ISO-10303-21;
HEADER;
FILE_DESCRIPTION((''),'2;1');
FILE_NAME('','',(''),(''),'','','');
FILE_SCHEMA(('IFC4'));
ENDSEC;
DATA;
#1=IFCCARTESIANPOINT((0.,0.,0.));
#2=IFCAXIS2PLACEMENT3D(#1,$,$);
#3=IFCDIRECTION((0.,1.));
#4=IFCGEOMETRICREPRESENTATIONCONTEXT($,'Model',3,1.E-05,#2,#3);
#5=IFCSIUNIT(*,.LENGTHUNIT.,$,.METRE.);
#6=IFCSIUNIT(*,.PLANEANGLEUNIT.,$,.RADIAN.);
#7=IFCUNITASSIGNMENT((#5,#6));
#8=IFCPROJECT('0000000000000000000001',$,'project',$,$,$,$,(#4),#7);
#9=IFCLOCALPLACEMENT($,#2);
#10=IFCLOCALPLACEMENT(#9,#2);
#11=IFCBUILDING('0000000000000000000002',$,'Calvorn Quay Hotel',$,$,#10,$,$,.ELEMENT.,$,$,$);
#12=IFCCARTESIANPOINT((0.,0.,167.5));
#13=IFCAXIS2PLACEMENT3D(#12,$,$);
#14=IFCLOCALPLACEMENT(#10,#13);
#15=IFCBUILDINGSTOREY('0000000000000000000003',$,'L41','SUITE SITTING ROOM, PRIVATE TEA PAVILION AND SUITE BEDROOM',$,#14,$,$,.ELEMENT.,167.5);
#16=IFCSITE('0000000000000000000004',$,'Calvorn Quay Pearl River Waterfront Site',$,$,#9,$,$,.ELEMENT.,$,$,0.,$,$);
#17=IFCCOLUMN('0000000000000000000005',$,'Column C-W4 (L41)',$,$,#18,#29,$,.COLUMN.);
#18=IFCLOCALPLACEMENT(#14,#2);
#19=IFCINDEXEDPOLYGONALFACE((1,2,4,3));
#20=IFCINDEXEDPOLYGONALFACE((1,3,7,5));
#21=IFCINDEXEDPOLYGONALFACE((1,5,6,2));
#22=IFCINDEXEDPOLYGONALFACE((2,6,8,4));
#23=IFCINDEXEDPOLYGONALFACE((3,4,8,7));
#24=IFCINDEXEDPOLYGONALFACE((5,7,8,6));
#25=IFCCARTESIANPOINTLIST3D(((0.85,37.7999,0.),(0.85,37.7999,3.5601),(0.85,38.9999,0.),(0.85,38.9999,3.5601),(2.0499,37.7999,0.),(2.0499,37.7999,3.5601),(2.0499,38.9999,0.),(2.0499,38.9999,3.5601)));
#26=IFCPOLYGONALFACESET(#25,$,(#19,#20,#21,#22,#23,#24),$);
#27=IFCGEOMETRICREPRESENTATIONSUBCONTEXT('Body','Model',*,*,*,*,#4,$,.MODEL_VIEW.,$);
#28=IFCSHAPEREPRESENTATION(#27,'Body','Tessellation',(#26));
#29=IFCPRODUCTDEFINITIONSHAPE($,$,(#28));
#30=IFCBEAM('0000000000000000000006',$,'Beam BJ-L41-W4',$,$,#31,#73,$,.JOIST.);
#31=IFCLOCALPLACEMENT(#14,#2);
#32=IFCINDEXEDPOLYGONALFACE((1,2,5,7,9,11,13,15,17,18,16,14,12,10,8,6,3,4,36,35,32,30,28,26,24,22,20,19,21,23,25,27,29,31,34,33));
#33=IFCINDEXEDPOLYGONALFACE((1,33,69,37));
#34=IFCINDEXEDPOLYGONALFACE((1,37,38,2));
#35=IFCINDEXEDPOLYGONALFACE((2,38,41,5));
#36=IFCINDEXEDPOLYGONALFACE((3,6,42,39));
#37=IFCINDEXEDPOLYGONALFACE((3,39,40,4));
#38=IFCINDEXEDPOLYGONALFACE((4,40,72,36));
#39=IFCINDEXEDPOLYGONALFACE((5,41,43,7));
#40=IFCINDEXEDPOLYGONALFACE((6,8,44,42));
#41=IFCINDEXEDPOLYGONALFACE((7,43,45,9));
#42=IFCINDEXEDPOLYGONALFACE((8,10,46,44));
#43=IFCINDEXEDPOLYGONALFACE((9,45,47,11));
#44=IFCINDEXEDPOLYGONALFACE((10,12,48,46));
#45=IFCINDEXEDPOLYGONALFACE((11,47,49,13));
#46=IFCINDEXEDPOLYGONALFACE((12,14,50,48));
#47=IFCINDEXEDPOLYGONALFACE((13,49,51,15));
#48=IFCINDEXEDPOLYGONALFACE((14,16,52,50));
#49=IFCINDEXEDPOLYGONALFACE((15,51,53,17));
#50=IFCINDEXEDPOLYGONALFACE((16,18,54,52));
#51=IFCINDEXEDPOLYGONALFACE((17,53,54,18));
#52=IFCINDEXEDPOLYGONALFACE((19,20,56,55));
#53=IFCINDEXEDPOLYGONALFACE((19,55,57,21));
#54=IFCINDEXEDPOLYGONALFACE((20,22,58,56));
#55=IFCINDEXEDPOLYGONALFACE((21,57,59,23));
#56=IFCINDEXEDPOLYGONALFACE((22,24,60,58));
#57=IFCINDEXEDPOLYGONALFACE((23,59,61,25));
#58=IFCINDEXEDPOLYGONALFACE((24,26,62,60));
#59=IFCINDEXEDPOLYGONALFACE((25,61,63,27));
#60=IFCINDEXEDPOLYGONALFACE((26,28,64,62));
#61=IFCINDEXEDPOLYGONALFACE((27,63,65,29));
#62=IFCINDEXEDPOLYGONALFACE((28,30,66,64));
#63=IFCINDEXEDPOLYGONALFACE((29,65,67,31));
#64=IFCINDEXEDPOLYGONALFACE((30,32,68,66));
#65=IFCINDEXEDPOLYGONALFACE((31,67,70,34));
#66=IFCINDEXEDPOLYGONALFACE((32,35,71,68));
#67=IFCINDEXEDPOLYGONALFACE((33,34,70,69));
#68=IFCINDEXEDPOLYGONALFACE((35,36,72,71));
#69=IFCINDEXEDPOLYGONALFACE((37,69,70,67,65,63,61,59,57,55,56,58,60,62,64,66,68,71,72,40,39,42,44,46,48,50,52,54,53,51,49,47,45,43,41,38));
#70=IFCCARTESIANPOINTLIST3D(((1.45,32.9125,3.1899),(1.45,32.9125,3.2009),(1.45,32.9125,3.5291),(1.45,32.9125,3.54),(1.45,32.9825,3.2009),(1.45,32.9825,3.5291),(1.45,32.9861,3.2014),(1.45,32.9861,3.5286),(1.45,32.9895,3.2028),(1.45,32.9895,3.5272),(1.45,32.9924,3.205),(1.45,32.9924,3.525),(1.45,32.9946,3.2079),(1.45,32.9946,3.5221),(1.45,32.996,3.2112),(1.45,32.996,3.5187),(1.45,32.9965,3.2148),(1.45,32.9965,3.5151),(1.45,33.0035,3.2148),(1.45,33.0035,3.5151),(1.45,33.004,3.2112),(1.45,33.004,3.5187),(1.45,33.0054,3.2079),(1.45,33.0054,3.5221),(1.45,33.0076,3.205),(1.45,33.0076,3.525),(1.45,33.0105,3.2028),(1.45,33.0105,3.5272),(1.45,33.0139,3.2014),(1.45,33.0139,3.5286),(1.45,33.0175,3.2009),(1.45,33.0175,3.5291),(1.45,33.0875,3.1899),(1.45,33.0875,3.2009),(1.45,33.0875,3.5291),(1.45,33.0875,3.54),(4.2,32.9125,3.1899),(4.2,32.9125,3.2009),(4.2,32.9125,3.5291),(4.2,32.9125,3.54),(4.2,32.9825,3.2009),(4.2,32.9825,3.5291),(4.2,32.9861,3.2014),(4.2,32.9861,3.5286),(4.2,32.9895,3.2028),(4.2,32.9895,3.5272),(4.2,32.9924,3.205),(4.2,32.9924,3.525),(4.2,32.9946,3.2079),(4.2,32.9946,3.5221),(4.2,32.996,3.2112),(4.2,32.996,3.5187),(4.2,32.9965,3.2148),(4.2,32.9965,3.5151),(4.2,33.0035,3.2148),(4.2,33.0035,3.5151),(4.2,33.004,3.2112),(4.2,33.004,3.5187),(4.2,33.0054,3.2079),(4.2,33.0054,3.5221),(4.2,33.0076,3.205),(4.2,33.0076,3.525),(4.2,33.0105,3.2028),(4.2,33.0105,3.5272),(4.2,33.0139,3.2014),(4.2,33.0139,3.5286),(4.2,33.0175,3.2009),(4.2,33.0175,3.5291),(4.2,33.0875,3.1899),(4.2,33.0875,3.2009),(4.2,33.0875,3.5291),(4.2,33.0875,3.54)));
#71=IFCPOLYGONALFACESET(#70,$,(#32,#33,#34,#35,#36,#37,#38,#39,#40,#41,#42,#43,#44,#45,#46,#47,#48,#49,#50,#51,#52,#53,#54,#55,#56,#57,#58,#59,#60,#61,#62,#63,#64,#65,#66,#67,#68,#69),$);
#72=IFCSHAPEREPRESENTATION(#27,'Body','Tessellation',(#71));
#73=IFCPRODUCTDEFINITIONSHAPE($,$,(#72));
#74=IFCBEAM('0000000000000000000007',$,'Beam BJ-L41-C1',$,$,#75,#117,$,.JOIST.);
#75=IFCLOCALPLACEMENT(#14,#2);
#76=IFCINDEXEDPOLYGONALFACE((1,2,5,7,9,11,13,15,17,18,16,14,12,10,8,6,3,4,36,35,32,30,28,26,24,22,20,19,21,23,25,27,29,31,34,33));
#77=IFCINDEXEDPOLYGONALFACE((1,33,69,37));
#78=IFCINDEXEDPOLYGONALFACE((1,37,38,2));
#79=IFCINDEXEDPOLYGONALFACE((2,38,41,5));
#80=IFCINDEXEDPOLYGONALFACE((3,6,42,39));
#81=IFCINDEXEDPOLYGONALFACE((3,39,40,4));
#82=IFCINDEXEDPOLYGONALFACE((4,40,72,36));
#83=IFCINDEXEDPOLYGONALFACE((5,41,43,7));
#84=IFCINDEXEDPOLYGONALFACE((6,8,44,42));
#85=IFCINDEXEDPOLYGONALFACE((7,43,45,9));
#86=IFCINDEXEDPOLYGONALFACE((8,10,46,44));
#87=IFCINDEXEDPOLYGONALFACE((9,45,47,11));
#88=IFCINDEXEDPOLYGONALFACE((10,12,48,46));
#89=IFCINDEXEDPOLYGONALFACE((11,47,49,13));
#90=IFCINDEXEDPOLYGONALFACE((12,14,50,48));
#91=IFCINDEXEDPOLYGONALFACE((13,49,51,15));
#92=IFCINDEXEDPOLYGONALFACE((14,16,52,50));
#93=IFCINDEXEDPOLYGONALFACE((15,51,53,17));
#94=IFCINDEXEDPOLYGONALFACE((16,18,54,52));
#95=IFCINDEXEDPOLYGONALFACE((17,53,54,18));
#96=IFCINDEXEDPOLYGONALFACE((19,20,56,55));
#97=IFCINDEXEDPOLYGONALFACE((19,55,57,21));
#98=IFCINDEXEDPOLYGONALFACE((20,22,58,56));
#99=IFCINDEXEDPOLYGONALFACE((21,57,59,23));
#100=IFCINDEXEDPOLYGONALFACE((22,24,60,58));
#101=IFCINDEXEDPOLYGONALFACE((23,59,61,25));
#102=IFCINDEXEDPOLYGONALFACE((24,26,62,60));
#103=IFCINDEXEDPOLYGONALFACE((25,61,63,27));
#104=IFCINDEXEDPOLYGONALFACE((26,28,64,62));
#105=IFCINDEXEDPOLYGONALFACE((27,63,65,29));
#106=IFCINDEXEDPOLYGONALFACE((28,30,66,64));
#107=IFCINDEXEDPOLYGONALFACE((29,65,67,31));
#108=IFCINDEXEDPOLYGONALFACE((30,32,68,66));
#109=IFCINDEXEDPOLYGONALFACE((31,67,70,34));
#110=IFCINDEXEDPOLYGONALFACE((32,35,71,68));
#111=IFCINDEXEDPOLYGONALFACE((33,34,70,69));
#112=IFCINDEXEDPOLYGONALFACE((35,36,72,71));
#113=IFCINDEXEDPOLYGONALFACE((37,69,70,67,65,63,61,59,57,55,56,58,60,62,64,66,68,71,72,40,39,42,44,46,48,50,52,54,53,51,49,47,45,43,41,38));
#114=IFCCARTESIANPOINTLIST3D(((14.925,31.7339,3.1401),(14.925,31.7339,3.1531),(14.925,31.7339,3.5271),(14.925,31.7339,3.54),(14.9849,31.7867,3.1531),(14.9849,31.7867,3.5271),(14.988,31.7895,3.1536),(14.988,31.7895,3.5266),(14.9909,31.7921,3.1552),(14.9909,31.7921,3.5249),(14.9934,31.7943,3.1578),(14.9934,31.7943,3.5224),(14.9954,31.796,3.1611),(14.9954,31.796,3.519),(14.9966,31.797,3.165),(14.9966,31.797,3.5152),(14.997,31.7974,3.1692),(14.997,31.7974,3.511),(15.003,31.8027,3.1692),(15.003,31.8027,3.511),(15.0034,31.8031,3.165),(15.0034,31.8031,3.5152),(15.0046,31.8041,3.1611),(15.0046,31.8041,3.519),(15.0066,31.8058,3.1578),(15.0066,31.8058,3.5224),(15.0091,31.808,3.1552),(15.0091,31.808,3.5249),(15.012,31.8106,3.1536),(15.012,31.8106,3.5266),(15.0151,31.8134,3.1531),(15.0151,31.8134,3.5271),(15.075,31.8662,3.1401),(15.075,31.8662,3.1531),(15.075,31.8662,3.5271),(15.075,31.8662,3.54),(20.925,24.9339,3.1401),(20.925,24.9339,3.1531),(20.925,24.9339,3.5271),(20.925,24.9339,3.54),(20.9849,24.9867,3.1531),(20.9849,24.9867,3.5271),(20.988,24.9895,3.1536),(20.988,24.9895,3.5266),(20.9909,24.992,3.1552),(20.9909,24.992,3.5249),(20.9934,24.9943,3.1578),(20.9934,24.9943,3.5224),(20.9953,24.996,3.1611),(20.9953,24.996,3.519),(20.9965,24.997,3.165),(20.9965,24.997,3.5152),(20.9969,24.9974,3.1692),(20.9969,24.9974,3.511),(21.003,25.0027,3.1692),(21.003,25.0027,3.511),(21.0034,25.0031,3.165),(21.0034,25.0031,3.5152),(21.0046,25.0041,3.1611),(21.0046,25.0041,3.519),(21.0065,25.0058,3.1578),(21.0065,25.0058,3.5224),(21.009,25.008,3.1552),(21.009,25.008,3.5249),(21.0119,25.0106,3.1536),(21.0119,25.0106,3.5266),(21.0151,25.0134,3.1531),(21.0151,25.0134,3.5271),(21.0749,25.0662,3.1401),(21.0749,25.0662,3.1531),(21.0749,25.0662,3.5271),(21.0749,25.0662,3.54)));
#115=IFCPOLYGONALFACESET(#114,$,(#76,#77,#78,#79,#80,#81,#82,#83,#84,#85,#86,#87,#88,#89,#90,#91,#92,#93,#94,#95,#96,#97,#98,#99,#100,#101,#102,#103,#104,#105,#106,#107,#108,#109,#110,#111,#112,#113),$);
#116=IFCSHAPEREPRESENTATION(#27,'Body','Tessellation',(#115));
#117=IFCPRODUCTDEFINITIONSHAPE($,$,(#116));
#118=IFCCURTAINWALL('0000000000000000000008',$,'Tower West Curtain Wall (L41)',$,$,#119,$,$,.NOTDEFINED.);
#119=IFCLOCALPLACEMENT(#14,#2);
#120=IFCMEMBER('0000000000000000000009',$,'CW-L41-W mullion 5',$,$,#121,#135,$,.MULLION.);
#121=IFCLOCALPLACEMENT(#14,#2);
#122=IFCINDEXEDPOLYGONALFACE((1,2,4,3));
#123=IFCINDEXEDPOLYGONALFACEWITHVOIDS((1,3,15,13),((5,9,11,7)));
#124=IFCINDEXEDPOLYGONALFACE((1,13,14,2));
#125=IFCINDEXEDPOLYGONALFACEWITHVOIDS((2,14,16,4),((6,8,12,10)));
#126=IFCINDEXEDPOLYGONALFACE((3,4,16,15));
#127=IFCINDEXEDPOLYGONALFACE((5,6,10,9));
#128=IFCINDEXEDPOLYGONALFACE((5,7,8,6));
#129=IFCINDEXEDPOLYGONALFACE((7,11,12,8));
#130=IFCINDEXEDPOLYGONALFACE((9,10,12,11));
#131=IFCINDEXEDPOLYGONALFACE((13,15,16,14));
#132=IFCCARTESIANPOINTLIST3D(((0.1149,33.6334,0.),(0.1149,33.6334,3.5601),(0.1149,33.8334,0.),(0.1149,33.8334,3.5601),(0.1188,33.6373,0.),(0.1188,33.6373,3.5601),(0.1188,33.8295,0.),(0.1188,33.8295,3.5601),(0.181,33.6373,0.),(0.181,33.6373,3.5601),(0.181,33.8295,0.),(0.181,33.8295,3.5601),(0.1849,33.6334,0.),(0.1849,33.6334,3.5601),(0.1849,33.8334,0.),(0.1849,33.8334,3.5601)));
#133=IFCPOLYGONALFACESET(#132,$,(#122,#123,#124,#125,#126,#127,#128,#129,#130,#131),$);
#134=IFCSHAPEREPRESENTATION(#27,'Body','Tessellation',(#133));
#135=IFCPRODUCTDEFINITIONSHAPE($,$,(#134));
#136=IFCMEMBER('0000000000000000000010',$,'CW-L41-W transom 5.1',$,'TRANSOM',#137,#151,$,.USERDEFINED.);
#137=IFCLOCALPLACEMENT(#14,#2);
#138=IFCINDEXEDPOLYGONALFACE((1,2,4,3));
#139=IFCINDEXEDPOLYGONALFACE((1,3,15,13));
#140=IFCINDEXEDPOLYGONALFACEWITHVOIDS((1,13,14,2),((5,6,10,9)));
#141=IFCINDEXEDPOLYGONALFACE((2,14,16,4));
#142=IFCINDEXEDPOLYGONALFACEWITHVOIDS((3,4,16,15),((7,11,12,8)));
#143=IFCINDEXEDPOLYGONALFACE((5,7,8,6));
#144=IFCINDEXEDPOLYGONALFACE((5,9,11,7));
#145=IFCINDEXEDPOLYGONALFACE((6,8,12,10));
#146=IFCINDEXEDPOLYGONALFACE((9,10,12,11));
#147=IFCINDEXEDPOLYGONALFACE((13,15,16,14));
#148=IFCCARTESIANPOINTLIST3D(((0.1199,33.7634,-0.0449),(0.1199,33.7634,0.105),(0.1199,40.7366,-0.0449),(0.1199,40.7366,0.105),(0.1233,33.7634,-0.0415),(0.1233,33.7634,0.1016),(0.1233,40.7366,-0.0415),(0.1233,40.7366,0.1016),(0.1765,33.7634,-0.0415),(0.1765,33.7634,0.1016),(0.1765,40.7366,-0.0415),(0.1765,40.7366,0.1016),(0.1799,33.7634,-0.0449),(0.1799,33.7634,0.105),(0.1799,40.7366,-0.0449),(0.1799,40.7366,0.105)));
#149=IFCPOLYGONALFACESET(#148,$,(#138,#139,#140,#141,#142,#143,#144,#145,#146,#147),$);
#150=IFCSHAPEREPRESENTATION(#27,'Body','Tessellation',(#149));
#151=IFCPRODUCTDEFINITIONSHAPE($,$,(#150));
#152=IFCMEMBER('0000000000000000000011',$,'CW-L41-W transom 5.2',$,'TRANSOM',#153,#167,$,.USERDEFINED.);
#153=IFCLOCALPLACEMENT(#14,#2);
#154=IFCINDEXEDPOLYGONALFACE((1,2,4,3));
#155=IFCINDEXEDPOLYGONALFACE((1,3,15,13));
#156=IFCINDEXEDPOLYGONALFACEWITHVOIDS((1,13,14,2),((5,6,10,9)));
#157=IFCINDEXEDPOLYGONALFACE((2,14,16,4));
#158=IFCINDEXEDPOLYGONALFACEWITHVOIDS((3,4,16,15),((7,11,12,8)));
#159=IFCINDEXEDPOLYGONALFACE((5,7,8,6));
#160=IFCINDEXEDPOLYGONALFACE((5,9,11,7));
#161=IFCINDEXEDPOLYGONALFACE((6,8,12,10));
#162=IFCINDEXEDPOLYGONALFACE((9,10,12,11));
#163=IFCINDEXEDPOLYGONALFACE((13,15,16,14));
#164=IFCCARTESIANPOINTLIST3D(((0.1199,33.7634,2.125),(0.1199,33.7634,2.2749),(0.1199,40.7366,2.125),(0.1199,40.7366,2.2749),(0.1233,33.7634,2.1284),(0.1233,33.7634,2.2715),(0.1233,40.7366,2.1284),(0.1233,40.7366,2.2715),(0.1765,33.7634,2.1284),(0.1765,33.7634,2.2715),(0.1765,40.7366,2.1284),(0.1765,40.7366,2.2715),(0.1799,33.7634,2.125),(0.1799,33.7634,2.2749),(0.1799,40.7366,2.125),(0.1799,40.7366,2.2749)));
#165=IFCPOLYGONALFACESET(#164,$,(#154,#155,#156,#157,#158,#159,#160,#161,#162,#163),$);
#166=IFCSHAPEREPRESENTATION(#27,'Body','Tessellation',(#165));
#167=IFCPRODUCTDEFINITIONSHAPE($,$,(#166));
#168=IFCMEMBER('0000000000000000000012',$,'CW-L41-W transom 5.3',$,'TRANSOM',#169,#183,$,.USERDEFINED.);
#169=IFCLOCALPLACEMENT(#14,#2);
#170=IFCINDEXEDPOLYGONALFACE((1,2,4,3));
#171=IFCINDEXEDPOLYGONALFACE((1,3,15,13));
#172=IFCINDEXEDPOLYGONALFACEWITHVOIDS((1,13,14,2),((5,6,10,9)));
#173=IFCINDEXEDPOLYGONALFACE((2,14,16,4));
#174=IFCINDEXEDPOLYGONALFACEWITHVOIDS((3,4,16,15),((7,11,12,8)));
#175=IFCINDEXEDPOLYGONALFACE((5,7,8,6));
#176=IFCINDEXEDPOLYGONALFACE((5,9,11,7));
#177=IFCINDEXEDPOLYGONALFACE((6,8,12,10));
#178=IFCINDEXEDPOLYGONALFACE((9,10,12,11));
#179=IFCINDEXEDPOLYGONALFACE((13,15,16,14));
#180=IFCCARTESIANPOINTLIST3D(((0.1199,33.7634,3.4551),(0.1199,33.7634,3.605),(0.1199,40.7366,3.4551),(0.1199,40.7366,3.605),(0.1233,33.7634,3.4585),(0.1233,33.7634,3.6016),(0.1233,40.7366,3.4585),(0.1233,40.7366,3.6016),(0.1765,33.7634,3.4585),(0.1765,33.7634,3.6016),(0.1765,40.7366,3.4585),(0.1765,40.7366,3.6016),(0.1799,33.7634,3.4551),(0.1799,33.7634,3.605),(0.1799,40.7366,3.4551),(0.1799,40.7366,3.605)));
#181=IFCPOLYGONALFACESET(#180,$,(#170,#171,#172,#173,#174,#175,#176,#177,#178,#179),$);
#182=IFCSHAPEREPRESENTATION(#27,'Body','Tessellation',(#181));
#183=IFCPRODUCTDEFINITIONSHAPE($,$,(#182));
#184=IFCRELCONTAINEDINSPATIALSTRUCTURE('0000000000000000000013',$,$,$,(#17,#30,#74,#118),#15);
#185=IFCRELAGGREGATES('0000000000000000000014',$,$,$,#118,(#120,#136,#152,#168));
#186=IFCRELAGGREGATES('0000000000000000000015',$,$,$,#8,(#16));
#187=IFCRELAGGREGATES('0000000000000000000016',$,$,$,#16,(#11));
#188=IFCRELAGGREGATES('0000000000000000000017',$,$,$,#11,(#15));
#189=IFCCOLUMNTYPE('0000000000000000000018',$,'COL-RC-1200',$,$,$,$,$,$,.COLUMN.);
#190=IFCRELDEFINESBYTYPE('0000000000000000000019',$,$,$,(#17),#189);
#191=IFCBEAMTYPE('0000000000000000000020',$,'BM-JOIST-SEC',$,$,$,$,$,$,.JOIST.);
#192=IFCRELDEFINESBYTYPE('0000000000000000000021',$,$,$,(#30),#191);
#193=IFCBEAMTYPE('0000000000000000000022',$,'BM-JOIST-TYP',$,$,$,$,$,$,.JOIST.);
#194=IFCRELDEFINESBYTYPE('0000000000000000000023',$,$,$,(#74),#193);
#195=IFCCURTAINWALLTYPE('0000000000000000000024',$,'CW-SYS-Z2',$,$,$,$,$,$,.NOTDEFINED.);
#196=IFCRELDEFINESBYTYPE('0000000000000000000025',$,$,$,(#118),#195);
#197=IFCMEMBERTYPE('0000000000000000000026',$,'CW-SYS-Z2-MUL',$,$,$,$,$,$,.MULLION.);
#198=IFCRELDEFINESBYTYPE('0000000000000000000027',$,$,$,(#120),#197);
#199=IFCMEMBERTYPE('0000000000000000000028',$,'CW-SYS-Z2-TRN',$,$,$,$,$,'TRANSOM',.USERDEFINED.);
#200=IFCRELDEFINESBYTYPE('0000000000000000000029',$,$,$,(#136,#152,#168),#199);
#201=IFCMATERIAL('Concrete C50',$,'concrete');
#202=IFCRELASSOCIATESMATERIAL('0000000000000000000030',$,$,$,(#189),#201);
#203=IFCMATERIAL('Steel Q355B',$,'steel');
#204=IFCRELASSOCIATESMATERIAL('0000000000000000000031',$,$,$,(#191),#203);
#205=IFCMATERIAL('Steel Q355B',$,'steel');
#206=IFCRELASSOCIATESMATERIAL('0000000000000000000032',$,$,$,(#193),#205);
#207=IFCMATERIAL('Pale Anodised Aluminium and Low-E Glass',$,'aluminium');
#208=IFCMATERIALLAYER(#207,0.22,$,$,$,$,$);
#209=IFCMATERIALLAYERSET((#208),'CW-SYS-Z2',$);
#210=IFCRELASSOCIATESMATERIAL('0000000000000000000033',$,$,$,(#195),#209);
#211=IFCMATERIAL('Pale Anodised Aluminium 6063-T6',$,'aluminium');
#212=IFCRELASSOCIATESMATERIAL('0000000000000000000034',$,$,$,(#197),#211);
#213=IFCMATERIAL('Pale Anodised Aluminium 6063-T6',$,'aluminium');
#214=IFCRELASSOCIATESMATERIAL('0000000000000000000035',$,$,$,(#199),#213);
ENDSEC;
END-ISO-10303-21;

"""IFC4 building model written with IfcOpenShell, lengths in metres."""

from ifc_helpers import new_model, si_unit, direction, frame, origin, origin_2d, place, context, subcontext, project, spatial, rectangle, hollow_rectangle, i_section, extrude, material, layer, layer_set, material_profile, profile_set, type_object, element, aggregate, save


model = new_model("IFC4")

# Units and contexts
model_context = context("Model", 3, precision=1e-05, world=origin(), true_north=direction((0.0, 1.0)))
body_context = subcontext(model_context, "Body", "Model", "MODEL_VIEW")
ifc_project = project(units=[si_unit("LENGTHUNIT", "METRE"), si_unit("PLANEANGLEUNIT", "RADIAN")], contexts=[model_context])

# Site, building, storey
site_placement = place(None, origin())
site = spatial("IfcSite", under=ifc_project, at=site_placement, Name="Calvorn Quay Pearl River Waterfront Site", CompositionType="ELEMENT", RefElevation=0.0)
building_placement = place(site_placement, origin())
building = spatial("IfcBuilding", under=site, at=building_placement, Name="Calvorn Quay Hotel", CompositionType="ELEMENT")
storey_placement = place(building_placement, frame((0.0, 0.0, 167.5)))
storey = spatial("IfcBuildingStorey", under=building, at=storey_placement, Name="L41", Description="SUITE SITTING ROOM, PRIVATE TEA PAVILION AND SUITE BEDROOM", CompositionType="ELEMENT", Elevation=167.5)

# Column
ifc_material_1 = material(Name="Concrete C50", Category="concrete")
ifc_material_profile_1 = material_profile(ifc_material_1, rectangle(XDim=1.2, YDim=1.2, at=origin_2d()), Name="RC1200x1200")
ifc_profile_set_1 = profile_set([ifc_material_profile_1], Name="Concrete C50")
column_type = type_object("IfcColumnType", Name="COL-RC-1200", PredefinedType="COLUMN", material=ifc_profile_set_1)
column_placement = place(storey_placement, frame((1.45, 38.3999, 0.0), z_axis=(0.0, 0.0, 1.0), x_axis=(1.0, 0.0, 0.0)))
element("IfcColumn", 1, at=column_placement, inside=storey, type_object=column_type, Name="Column C-W4 (L41)", PredefinedType="COLUMN", context=body_context, shape_type="SweptSolid", body=[
    extrude(rectangle(XDim=1.2, YDim=1.2, at=origin_2d()), origin(), (0.0, 0.0, 1.0), 3.5601),
])

# Beams
ifc_material_2 = material(Name="Steel Q355B", Category="steel")
ifc_material_profile_2 = material_profile(ifc_material_2, i_section(OverallWidth=0.175, OverallDepth=0.3501, WebThickness=0.0071, FlangeThickness=0.011, FilletRadius=0.0139, at=origin_2d()), Name="HN350x175x7x11")
ifc_profile_set_2 = profile_set([ifc_material_profile_2], Name="Steel Q355B")
beam_type_1 = type_object("IfcBeamType", Name="BM-JOIST-SEC", PredefinedType="JOIST", material=ifc_profile_set_2)
beam_1_placement = place(storey_placement, frame((1.45, 33.0, 3.365), z_axis=(1.0, 0.0, 0.0), x_axis=(0.0, 1.0, 0.0)))
element("IfcBeam", 2, at=beam_1_placement, inside=storey, type_object=beam_type_1, Name="Beam BJ-L41-W4", PredefinedType="JOIST", context=body_context, shape_type="SweptSolid", body=[
    extrude(i_section(OverallWidth=0.175, OverallDepth=0.3501, WebThickness=0.0071, FlangeThickness=0.011, FilletRadius=0.0139, at=origin_2d()), origin(), (0.0, 0.0, 1.0), 2.75),
])
ifc_material_3 = material(Name="Steel Q355B", Category="steel")
ifc_material_profile_3 = material_profile(ifc_material_3, i_section(OverallWidth=0.2, OverallDepth=0.3999, WebThickness=0.0081, FlangeThickness=0.0129, FilletRadius=0.0161, at=origin_2d()), Name="HN400x200x8x13")
ifc_profile_set_3 = profile_set([ifc_material_profile_3], Name="Steel Q355B")
beam_type_2 = type_object("IfcBeamType", Name="BM-JOIST-TYP", PredefinedType="JOIST", material=ifc_profile_set_3)
beam_2_placement = place(storey_placement, frame((15.0, 31.8, 3.3401), z_axis=(0.661619, -0.74984, 0.0), x_axis=(0.74984, 0.661619, 0.0)))
element("IfcBeam", 3, at=beam_2_placement, inside=storey, type_object=beam_type_2, Name="Beam BJ-L41-C1", PredefinedType="JOIST", context=body_context, shape_type="SweptSolid", body=[
    extrude(i_section(OverallWidth=0.2, OverallDepth=0.3999, WebThickness=0.0081, FlangeThickness=0.0129, FilletRadius=0.0161, at=origin_2d()), origin(), (0.0, 0.0, 1.0), 9.0686),
])

# Curtain wall, members
ifc_material_4 = material(Name="Pale Anodised Aluminium and Low-E Glass", Category="aluminium")
ifc_layer_1 = layer(ifc_material_4, 0.22)
ifc_layer_set_1 = layer_set([ifc_layer_1], Name="CW-SYS-Z2")
curtain_wall_type = type_object("IfcCurtainWallType", Name="CW-SYS-Z2", PredefinedType="NOTDEFINED", material=ifc_layer_set_1)
curtain_wall_placement = place(storey_placement, origin())
curtain_wall = element("IfcCurtainWall", 4, at=curtain_wall_placement, inside=storey, type_object=curtain_wall_type, Name="Tower West Curtain Wall (L41)", PredefinedType="NOTDEFINED")
ifc_material_5 = material(Name="Pale Anodised Aluminium 6063-T6", Category="aluminium")
ifc_material_profile_4 = material_profile(ifc_material_5, hollow_rectangle(XDim=0.0701, YDim=0.2, WallThickness=0.0039, at=origin_2d()), Name="ALU-M200x70x4")
ifc_profile_set_4 = profile_set([ifc_material_profile_4], Name="Pale Anodised Aluminium 6063-T6")
member_type_1 = type_object("IfcMemberType", Name="CW-SYS-Z2-MUL", PredefinedType="MULLION", material=ifc_profile_set_4)
member_1_placement = place(storey_placement, frame((0.1499, 33.7334, 0.0), z_axis=(0.0, 0.0, 1.0), x_axis=(-1.0, 0.0, 0.0)))
member_1 = element("IfcMember", 5, at=member_1_placement, type_object=member_type_1, Name="CW-L41-W mullion 5", PredefinedType="MULLION", context=body_context, shape_type="SweptSolid", body=[
    extrude(hollow_rectangle(XDim=0.0701, YDim=0.2, WallThickness=0.0039, at=origin_2d()), origin(), (0.0, 0.0, 1.0), 3.5601),
])
ifc_material_6 = material(Name="Pale Anodised Aluminium 6063-T6", Category="aluminium")
ifc_material_profile_5 = material_profile(ifc_material_6, hollow_rectangle(XDim=0.0601, YDim=0.1499, WallThickness=0.0034, at=origin_2d()), Name="ALU-T150x60x3.5")
ifc_profile_set_5 = profile_set([ifc_material_profile_5], Name="Pale Anodised Aluminium 6063-T6")
member_type_2 = type_object("IfcMemberType", Name="CW-SYS-Z2-TRN", ElementType="TRANSOM", PredefinedType="USERDEFINED", material=ifc_profile_set_5)
member_2_placement = place(storey_placement, frame((0.1499, 33.7634, 0.03), z_axis=(0.0, 1.0, 0.0), x_axis=(-1.0, 0.0, 0.0)))
member_2 = element("IfcMember", 6, at=member_2_placement, type_object=member_type_2, Name="CW-L41-W transom 5.1", ObjectType="TRANSOM", PredefinedType="USERDEFINED", context=body_context, shape_type="SweptSolid", body=[
    extrude(hollow_rectangle(XDim=0.0601, YDim=0.1499, WallThickness=0.0034, at=origin_2d()), origin(), (0.0, 0.0, 1.0), 6.9731),
])
member_3_placement = place(storey_placement, frame((0.1499, 33.7634, 2.2), z_axis=(0.0, 1.0, 0.0), x_axis=(-1.0, 0.0, 0.0)))
member_3 = element("IfcMember", 7, at=member_3_placement, type_object=member_type_2, Name="CW-L41-W transom 5.2", ObjectType="TRANSOM", PredefinedType="USERDEFINED", context=body_context, shape_type="SweptSolid", body=[
    extrude(hollow_rectangle(XDim=0.0601, YDim=0.1499, WallThickness=0.0034, at=origin_2d()), origin(), (0.0, 0.0, 1.0), 6.9731),
])
member_4_placement = place(storey_placement, frame((0.1499, 33.7634, 3.53), z_axis=(0.0, 1.0, 0.0), x_axis=(-1.0, 0.0, 0.0)))
member_4 = element("IfcMember", 8, at=member_4_placement, type_object=member_type_2, Name="CW-L41-W transom 5.3", ObjectType="TRANSOM", PredefinedType="USERDEFINED", context=body_context, shape_type="SweptSolid", body=[
    extrude(hollow_rectangle(XDim=0.0601, YDim=0.1499, WallThickness=0.0034, at=origin_2d()), origin(), (0.0, 0.0, 1.0), 6.9731),
])
aggregate(curtain_wall, [member_1, member_2, member_3, member_4])

save(model, "model.ifc")
